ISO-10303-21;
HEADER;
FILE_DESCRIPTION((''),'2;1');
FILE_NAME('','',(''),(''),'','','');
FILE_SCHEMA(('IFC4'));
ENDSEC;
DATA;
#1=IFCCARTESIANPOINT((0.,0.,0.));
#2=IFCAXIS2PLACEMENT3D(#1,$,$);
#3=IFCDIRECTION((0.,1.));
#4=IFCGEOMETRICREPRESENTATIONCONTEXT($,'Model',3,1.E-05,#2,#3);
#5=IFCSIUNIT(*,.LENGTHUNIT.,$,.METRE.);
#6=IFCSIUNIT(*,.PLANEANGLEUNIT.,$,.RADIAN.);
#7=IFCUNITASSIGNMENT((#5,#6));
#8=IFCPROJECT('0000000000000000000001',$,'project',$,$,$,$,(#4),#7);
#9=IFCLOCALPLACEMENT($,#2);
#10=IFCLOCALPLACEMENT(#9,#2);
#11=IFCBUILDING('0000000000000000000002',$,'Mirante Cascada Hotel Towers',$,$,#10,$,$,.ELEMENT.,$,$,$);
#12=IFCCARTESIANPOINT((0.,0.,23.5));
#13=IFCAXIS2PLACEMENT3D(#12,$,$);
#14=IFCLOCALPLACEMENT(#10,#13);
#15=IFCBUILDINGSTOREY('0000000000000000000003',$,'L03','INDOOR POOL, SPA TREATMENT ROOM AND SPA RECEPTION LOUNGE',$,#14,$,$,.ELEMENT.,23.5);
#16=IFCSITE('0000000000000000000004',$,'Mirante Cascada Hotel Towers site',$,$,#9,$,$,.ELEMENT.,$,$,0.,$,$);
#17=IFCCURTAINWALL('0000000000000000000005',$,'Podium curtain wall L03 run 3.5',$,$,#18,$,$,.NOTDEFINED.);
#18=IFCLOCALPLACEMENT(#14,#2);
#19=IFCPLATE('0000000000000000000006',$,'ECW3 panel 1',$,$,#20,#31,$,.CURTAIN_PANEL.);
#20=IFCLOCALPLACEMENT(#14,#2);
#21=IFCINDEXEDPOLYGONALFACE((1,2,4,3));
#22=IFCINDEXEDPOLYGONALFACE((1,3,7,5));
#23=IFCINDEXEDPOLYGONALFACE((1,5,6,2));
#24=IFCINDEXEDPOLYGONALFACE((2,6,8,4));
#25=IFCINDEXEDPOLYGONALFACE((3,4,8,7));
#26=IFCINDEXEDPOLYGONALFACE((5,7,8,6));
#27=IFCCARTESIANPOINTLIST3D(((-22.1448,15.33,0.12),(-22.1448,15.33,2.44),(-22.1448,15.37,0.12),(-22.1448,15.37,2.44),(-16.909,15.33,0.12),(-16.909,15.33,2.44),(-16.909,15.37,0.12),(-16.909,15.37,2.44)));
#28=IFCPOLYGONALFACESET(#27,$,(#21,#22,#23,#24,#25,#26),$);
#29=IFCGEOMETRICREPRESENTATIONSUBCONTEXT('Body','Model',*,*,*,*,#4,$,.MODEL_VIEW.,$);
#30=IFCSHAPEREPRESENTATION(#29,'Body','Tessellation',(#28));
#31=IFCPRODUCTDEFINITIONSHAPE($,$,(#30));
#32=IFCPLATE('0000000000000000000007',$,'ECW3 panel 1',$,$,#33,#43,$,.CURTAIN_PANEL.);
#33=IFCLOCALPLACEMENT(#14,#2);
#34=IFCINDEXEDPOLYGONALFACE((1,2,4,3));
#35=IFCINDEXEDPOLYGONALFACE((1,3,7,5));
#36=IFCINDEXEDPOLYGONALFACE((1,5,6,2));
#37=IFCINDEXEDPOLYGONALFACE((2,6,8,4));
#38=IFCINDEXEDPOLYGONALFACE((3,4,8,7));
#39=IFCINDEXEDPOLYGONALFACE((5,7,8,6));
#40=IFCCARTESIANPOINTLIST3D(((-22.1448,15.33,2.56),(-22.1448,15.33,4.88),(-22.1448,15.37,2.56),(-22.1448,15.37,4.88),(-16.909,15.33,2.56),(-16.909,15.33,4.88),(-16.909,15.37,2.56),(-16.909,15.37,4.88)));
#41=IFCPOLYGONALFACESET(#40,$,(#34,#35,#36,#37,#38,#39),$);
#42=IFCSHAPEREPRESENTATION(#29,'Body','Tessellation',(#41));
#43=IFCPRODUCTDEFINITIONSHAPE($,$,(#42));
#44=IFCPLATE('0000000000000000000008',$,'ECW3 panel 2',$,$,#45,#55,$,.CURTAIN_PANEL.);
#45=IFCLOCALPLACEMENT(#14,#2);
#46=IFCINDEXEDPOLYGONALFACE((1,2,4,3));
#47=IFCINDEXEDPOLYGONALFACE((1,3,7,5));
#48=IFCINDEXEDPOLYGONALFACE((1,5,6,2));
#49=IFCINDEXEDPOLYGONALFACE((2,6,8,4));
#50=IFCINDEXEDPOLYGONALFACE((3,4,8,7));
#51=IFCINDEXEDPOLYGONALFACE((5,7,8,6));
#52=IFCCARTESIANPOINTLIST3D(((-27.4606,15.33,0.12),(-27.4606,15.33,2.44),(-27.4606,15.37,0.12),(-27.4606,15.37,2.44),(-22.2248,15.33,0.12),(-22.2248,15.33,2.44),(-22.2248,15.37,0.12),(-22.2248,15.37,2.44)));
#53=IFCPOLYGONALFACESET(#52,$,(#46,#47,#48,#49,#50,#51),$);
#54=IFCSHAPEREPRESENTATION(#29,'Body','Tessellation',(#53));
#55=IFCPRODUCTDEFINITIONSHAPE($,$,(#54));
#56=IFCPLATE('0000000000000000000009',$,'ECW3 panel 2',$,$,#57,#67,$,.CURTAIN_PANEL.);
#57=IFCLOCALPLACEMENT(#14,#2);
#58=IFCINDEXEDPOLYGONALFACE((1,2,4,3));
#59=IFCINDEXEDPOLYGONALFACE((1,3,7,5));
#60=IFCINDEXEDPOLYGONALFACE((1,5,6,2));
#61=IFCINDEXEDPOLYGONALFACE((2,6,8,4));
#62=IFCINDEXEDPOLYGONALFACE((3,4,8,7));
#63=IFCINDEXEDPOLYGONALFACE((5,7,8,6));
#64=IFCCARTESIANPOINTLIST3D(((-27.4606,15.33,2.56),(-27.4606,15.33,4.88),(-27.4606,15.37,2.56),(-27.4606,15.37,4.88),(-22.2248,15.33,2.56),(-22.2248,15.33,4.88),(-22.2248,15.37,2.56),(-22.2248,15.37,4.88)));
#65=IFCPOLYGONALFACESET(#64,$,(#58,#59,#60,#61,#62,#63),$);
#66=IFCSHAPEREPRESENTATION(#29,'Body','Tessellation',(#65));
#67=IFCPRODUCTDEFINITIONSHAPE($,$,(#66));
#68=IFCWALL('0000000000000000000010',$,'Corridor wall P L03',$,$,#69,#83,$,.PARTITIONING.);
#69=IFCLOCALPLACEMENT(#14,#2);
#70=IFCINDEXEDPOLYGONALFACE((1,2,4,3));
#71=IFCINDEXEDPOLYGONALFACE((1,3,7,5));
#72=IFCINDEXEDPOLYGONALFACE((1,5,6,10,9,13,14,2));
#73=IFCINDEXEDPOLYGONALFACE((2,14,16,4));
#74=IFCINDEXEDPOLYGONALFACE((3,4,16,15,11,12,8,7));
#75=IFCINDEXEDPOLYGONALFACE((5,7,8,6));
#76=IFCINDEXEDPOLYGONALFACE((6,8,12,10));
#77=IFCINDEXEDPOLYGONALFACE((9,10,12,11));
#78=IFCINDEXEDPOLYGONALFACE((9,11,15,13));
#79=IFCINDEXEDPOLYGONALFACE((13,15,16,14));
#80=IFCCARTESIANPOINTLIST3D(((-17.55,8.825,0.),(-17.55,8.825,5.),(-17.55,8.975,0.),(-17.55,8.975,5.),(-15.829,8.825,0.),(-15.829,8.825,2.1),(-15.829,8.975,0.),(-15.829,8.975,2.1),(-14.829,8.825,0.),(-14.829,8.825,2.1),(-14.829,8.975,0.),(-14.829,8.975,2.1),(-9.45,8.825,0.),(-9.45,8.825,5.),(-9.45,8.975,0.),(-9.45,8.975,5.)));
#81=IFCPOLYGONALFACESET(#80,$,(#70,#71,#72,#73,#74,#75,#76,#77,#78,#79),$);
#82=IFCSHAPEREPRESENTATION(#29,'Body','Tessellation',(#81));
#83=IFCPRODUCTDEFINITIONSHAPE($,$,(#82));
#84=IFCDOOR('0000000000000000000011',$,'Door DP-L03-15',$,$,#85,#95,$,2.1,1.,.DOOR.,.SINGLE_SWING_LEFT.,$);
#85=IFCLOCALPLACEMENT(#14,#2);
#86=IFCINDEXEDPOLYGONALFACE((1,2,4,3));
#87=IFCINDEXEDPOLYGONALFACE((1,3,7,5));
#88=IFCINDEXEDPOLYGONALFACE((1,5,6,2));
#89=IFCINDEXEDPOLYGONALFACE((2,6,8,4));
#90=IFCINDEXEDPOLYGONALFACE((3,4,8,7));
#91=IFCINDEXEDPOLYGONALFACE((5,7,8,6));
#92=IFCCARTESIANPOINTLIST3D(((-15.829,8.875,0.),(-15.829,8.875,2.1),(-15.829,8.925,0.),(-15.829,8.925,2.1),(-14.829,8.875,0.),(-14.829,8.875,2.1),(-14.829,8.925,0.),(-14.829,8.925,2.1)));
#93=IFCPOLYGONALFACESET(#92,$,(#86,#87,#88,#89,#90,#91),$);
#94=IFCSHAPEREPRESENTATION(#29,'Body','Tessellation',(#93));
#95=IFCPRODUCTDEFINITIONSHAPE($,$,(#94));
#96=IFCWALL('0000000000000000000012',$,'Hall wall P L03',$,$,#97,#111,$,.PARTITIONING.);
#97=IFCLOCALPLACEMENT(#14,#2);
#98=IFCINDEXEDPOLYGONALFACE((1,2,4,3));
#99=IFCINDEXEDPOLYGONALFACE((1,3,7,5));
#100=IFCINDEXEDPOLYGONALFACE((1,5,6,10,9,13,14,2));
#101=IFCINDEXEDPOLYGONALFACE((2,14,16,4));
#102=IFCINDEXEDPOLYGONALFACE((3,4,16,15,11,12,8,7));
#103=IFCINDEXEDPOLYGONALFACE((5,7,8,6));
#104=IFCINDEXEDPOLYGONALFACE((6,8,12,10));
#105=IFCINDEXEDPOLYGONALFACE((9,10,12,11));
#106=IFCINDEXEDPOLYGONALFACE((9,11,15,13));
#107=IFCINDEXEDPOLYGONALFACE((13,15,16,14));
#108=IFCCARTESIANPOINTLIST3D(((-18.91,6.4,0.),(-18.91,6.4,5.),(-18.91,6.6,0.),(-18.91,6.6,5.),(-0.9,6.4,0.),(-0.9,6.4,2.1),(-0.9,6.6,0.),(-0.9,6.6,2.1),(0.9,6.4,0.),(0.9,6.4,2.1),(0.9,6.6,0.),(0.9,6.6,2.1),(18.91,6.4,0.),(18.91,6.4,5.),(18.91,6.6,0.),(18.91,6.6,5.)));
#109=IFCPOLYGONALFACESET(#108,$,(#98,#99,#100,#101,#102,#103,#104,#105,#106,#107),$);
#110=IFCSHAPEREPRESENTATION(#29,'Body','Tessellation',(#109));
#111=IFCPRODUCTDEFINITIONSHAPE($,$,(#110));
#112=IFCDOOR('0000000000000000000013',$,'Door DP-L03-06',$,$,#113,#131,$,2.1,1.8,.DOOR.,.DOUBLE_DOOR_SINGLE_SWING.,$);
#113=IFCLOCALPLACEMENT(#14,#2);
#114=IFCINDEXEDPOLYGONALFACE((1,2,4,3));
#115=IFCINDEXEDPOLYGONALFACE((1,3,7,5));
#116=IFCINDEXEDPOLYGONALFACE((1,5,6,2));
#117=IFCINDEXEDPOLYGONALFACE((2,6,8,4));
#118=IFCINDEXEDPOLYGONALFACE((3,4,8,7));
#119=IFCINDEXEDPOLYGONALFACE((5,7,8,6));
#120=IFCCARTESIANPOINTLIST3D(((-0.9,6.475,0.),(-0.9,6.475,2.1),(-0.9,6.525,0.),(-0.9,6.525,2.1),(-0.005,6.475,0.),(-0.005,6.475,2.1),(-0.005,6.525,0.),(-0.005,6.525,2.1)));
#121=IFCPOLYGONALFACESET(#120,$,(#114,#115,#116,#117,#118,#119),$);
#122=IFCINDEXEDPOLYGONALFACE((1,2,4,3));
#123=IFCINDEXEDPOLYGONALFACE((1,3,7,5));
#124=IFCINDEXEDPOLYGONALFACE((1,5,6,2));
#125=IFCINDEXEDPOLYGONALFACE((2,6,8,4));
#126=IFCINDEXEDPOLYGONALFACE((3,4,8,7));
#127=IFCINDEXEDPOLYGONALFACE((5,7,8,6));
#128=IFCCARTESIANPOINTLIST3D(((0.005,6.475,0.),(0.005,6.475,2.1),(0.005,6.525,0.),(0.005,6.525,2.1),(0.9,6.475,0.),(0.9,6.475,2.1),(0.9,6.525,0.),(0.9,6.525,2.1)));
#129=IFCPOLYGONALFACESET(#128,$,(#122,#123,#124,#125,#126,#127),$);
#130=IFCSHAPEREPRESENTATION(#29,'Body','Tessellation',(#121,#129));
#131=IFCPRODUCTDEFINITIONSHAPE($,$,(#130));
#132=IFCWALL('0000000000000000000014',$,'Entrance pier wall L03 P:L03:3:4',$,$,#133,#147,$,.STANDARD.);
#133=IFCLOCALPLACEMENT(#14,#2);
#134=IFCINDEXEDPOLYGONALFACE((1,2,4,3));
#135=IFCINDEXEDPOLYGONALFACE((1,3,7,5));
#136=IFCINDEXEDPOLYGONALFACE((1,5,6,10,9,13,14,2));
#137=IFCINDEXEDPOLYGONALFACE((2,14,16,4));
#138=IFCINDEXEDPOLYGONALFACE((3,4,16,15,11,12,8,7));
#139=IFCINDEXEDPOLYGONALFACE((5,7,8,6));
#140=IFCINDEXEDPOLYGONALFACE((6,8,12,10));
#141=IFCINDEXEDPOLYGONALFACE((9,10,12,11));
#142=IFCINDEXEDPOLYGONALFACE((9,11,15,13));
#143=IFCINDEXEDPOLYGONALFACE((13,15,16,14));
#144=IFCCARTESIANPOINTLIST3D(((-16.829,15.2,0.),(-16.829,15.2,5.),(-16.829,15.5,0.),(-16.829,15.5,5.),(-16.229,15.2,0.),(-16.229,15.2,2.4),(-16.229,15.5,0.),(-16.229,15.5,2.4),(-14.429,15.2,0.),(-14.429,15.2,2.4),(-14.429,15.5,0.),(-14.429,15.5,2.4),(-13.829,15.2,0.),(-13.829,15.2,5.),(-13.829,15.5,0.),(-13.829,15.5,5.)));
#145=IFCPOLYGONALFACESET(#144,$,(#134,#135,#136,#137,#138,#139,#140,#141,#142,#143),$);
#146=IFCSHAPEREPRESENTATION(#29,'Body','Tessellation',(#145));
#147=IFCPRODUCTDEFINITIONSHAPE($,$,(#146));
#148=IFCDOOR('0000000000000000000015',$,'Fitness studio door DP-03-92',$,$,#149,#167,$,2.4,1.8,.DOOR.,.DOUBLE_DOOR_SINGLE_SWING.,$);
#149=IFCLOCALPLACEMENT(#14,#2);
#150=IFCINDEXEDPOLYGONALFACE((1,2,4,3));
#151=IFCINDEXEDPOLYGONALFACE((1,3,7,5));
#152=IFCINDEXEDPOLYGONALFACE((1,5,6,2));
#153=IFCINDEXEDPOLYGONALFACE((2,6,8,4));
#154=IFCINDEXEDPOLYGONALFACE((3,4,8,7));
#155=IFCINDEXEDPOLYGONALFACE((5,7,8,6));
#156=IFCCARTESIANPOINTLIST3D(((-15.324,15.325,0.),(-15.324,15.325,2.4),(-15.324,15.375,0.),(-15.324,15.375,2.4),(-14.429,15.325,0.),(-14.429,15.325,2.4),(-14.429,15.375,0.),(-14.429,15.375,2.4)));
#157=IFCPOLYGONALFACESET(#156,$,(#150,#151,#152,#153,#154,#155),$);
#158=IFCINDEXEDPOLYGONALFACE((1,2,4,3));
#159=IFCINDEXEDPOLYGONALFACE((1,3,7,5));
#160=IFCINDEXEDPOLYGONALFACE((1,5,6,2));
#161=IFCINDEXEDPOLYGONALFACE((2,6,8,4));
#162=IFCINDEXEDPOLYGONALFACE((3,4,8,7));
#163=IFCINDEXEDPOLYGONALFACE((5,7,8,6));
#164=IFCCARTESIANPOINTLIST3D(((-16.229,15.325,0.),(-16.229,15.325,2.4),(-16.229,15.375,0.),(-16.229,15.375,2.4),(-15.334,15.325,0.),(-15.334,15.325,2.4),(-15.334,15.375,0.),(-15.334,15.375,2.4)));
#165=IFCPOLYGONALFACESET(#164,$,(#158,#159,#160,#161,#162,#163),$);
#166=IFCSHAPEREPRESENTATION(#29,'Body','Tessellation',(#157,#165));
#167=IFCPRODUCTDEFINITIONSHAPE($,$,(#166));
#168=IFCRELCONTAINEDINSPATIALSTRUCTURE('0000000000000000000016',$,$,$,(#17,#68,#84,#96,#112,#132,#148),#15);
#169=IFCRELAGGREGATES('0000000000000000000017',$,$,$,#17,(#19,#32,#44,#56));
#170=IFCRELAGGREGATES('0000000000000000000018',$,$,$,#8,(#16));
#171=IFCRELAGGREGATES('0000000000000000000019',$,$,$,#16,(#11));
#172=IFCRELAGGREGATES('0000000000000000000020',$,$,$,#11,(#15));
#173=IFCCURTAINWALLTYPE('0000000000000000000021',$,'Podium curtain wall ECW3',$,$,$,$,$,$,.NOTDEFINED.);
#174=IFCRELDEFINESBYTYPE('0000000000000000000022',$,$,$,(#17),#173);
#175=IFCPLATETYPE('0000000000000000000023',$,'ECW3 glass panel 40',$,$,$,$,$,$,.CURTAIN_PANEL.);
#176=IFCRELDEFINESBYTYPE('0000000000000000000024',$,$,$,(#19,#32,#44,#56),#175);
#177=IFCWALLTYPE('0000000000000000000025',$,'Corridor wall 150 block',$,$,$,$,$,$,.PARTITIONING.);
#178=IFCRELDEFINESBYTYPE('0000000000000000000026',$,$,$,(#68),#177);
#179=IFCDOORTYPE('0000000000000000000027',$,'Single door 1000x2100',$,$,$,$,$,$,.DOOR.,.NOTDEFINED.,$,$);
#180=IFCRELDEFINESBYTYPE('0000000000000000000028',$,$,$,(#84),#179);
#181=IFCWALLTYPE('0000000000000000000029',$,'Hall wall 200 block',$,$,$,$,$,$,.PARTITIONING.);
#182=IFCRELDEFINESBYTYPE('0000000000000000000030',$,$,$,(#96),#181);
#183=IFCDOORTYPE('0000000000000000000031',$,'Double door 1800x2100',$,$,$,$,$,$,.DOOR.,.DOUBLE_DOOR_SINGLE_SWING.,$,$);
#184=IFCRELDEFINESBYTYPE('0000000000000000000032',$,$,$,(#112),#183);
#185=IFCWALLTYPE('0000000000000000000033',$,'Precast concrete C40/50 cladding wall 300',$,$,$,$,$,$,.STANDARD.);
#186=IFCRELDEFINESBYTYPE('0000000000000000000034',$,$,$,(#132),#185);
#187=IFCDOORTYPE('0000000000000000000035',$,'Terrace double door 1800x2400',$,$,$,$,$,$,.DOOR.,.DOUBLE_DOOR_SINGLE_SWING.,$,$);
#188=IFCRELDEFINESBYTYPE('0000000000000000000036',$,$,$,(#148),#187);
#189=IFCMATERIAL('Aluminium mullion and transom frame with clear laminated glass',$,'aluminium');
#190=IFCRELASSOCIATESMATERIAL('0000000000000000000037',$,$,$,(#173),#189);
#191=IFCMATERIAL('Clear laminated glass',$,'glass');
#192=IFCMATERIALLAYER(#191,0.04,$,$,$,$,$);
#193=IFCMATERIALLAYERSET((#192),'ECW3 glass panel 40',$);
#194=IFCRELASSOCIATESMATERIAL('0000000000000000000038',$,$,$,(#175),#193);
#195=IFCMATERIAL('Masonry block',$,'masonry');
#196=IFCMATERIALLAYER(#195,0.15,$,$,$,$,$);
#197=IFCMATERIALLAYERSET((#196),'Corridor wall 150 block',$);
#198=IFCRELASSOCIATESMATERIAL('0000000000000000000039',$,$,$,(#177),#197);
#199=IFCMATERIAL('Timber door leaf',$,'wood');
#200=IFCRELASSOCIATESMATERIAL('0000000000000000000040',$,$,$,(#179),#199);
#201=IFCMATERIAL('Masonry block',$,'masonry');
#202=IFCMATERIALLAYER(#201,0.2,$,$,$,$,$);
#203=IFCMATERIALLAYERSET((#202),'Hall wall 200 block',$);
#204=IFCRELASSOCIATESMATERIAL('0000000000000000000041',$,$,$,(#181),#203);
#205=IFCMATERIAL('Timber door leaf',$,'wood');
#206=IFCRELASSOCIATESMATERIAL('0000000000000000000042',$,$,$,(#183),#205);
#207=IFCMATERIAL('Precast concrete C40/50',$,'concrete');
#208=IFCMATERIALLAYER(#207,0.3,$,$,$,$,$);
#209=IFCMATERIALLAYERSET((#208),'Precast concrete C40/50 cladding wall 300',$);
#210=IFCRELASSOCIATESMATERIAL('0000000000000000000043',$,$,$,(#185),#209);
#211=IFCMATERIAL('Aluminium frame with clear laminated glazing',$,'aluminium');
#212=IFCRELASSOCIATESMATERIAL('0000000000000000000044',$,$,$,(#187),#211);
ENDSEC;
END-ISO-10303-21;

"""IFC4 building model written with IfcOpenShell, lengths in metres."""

from ifc_helpers import new_model, si_unit, direction, frame, frame_2d, origin, origin_2d, place, context, subcontext, project, spatial, rectangle, extrude, material, layer, layer_set, type_object, element, fill, aggregate, save


model = new_model("IFC4")

# Units and contexts
model_context = context("Model", 3, precision=1e-05, world=origin(), true_north=direction((0.0, 1.0)))
body_context = subcontext(model_context, "Body", "Model", "MODEL_VIEW")
ifc_project = project(units=[si_unit("LENGTHUNIT", "METRE"), si_unit("PLANEANGLEUNIT", "RADIAN")], contexts=[model_context])

# Site, building, storey
site_placement = place(None, origin())
site = spatial("IfcSite", under=ifc_project, at=site_placement, Name="Mirante Cascada Hotel Towers site", CompositionType="ELEMENT", RefElevation=0.0)
building_placement = place(site_placement, origin())
building = spatial("IfcBuilding", under=site, at=building_placement, Name="Mirante Cascada Hotel Towers", CompositionType="ELEMENT")
storey_placement = place(building_placement, frame((0.0, 0.0, 23.5)))
storey = spatial("IfcBuildingStorey", under=building, at=storey_placement, Name="L03", Description="INDOOR POOL, SPA TREATMENT ROOM AND SPA RECEPTION LOUNGE", CompositionType="ELEMENT", Elevation=23.5)

# Curtain wall
ifc_material_1 = material(Name="Aluminium mullion and transom frame with clear laminated glass", Category="aluminium")
curtain_wall_type = type_object("IfcCurtainWallType", Name="Podium curtain wall ECW3", PredefinedType="NOTDEFINED", material=ifc_material_1)
curtain_wall_1_placement = place(storey_placement, origin())
curtain_wall_1 = element("IfcCurtainWall", 1, at=curtain_wall_1_placement, inside=storey, type_object=curtain_wall_type, Name="Podium curtain wall L03 run 3.5", PredefinedType="NOTDEFINED")

# Plates
ifc_material_2 = material(Name="Clear laminated glass", Category="glass")
ifc_layer_1 = layer(ifc_material_2, 0.04)
ifc_layer_set_1 = layer_set([ifc_layer_1], Name="ECW3 glass panel 40")
plate_type = type_object("IfcPlateType", Name="ECW3 glass panel 40", PredefinedType="CURTAIN_PANEL", material=ifc_layer_set_1)
plate_1_placement = place(storey_placement, frame((-19.5269, 15.35, 0.12), z_axis=(0.0, 0.0, 1.0), x_axis=(-1.0, 0.0, 0.0)))
plate_1 = element("IfcPlate", 2, at=plate_1_placement, type_object=plate_type, Name="ECW3 panel 1", PredefinedType="CURTAIN_PANEL", context=body_context, shape_type="SweptSolid", body=[
    extrude(rectangle(XDim=5.2358, YDim=0.04, at=origin_2d()), origin(), (0.0, 0.0, 1.0), 2.32),
])
plate_2_placement = place(storey_placement, frame((-19.5269, 15.35, 2.56), z_axis=(0.0, 0.0, 1.0), x_axis=(-1.0, 0.0, 0.0)))
plate_2 = element("IfcPlate", 3, at=plate_2_placement, type_object=plate_type, Name="ECW3 panel 1", PredefinedType="CURTAIN_PANEL", context=body_context, shape_type="SweptSolid", body=[
    extrude(rectangle(XDim=5.2358, YDim=0.04, at=origin_2d()), origin(), (0.0, 0.0, 1.0), 2.32),
])
plate_3_placement = place(storey_placement, frame((-24.8427, 15.35, 0.12), z_axis=(0.0, 0.0, 1.0), x_axis=(-1.0, 0.0, 0.0)))
plate_3 = element("IfcPlate", 4, at=plate_3_placement, type_object=plate_type, Name="ECW3 panel 2", PredefinedType="CURTAIN_PANEL", context=body_context, shape_type="SweptSolid", body=[
    extrude(rectangle(XDim=5.2358, YDim=0.04, at=origin_2d()), origin(), (0.0, 0.0, 1.0), 2.32),
])
plate_4_placement = place(storey_placement, frame((-24.8427, 15.35, 2.56), z_axis=(0.0, 0.0, 1.0), x_axis=(-1.0, 0.0, 0.0)))
plate_4 = element("IfcPlate", 5, at=plate_4_placement, type_object=plate_type, Name="ECW3 panel 2", PredefinedType="CURTAIN_PANEL", context=body_context, shape_type="SweptSolid", body=[
    extrude(rectangle(XDim=5.2358, YDim=0.04, at=origin_2d()), origin(), (0.0, 0.0, 1.0), 2.32),
])
aggregate(curtain_wall_1, [plate_1, plate_2, plate_3, plate_4])

# Walls, openings, doors
ifc_material_3 = material(Name="Masonry block", Category="masonry")
ifc_layer_2 = layer(ifc_material_3, 0.15)
ifc_layer_set_2 = layer_set([ifc_layer_2], Name="Corridor wall 150 block")
wall_type_1 = type_object("IfcWallType", Name="Corridor wall 150 block", PredefinedType="PARTITIONING", material=ifc_layer_set_2)
wall_1_placement = place(storey_placement, frame((-17.55, 8.9, 0.0), z_axis=(0.0, 0.0, 1.0), x_axis=(1.0, 0.0, 0.0)))
wall_1 = element("IfcWall", 6, at=wall_1_placement, inside=storey, type_object=wall_type_1, Name="Corridor wall P L03", PredefinedType="PARTITIONING", context=body_context, shape_type="SweptSolid", body=[
    extrude(rectangle(XDim=8.1, YDim=0.15, at=frame_2d((4.05, 0.0))), origin(), (0.0, 0.0, 1.0), 5.0),
])
opening_1_placement = place(wall_1_placement, frame((1.721, 0.0, 0.0)))
opening_1 = element("IfcOpeningElement", 7, at=opening_1_placement, cuts=wall_1, PredefinedType="OPENING", context=body_context, shape_type="SweptSolid", body=[
    extrude(rectangle(XDim=1.0, YDim=2.1, at=frame_2d((0.5, 1.05))), frame((0.0, 0.075, 0.0), z_axis=(0.0, -1.0, 0.0), x_axis=(1.0, 0.0, 0.0)), (0.0, 0.0, 1.0), 0.15),
])
ifc_material_4 = material(Name="Timber door leaf", Category="wood")
door_type_1 = type_object("IfcDoorType", Name="Single door 1000x2100", OperationType="NOTDEFINED", PredefinedType="DOOR", material=ifc_material_4)
door_1_placement = place(opening_1_placement, origin())
door_1 = element("IfcDoor", 8, at=door_1_placement, inside=storey, type_object=door_type_1, Name="Door DP-L03-15", OperationType="SINGLE_SWING_LEFT", OverallHeight=2.1, OverallWidth=1.0, PredefinedType="DOOR", context=body_context, shape_type="SweptSolid", body=[
    extrude(rectangle(XDim=1.0, YDim=2.1, at=frame_2d((0.5, 1.05))), frame((0.0, 0.025, 0.0), z_axis=(0.0, -1.0, 0.0), x_axis=(1.0, 0.0, 0.0)), (0.0, 0.0, 1.0), 0.05),
])
fill(opening_1, door_1)
ifc_material_5 = material(Name="Masonry block", Category="masonry")
ifc_layer_3 = layer(ifc_material_5, 0.2)
ifc_layer_set_3 = layer_set([ifc_layer_3], Name="Hall wall 200 block")
wall_type_2 = type_object("IfcWallType", Name="Hall wall 200 block", PredefinedType="PARTITIONING", material=ifc_layer_set_3)
wall_2_placement = place(storey_placement, frame((-18.91, 6.5, 0.0), z_axis=(0.0, 0.0, 1.0), x_axis=(1.0, 0.0, 0.0)))
wall_2 = element("IfcWall", 9, at=wall_2_placement, inside=storey, type_object=wall_type_2, Name="Hall wall P L03", PredefinedType="PARTITIONING", context=body_context, shape_type="SweptSolid", body=[
    extrude(rectangle(XDim=37.82, YDim=0.2, at=frame_2d((18.91, 0.0))), origin(), (0.0, 0.0, 1.0), 5.0),
])
opening_2_placement = place(wall_2_placement, frame((18.01, 0.0, 0.0)))
opening_2 = element("IfcOpeningElement", 10, at=opening_2_placement, cuts=wall_2, PredefinedType="OPENING", context=body_context, shape_type="SweptSolid", body=[
    extrude(rectangle(XDim=1.8, YDim=2.1, at=frame_2d((0.9, 1.05))), frame((0.0, 0.1, 0.0), z_axis=(0.0, -1.0, 0.0), x_axis=(1.0, 0.0, 0.0)), (0.0, 0.0, 1.0), 0.2),
])
ifc_material_6 = material(Name="Timber door leaf", Category="wood")
door_type_2 = type_object("IfcDoorType", Name="Double door 1800x2100", OperationType="DOUBLE_DOOR_SINGLE_SWING", PredefinedType="DOOR", material=ifc_material_6)
door_2_placement = place(opening_2_placement, origin())
door_2 = element("IfcDoor", 11, at=door_2_placement, inside=storey, type_object=door_type_2, Name="Door DP-L03-06", OperationType="DOUBLE_DOOR_SINGLE_SWING", OverallHeight=2.1, OverallWidth=1.8, PredefinedType="DOOR", context=body_context, shape_type="SweptSolid", body=[
    extrude(rectangle(XDim=0.895, YDim=2.1, at=frame_2d((0.4475, 1.05))), frame((0.0, 0.025, 0.0), z_axis=(0.0, -1.0, 0.0), x_axis=(1.0, 0.0, 0.0)), (0.0, 0.0, 1.0), 0.05),
    extrude(rectangle(XDim=0.895, YDim=2.1, at=frame_2d((1.3525, 1.05))), frame((0.0, 0.025, 0.0), z_axis=(0.0, -1.0, 0.0), x_axis=(1.0, 0.0, 0.0)), (0.0, 0.0, 1.0), 0.05),
])
fill(opening_2, door_2)
ifc_material_7 = material(Name="Precast concrete C40/50", Category="concrete")
ifc_layer_4 = layer(ifc_material_7, 0.3)
ifc_layer_set_4 = layer_set([ifc_layer_4], Name="Precast concrete C40/50 cladding wall 300")
wall_type_3 = type_object("IfcWallType", Name="Precast concrete C40/50 cladding wall 300", PredefinedType="STANDARD", material=ifc_layer_set_4)
wall_3_placement = place(storey_placement, frame((-13.829, 15.35, 0.0), z_axis=(0.0, 0.0, 1.0), x_axis=(-1.0, 0.0, 0.0)))
wall_3 = element("IfcWall", 12, at=wall_3_placement, inside=storey, type_object=wall_type_3, Name="Entrance pier wall L03 P:L03:3:4", PredefinedType="STANDARD", context=body_context, shape_type="SweptSolid", body=[
    extrude(rectangle(XDim=3.0, YDim=0.3, at=frame_2d((1.5, 0.0))), origin(), (0.0, 0.0, 1.0), 5.0),
])
opening_3_placement = place(wall_3_placement, frame((0.6, 0.0, 0.0)))
opening_3 = element("IfcOpeningElement", 13, at=opening_3_placement, cuts=wall_3, PredefinedType="OPENING", context=body_context, shape_type="SweptSolid", body=[
    extrude(rectangle(XDim=1.8, YDim=2.4, at=frame_2d((0.9, 1.2))), frame((0.0, 0.15, 0.0), z_axis=(0.0, -1.0, 0.0), x_axis=(1.0, 0.0, 0.0)), (0.0, 0.0, 1.0), 0.3),
])
ifc_material_8 = material(Name="Aluminium frame with clear laminated glazing", Category="aluminium")
door_type_3 = type_object("IfcDoorType", Name="Terrace double door 1800x2400", OperationType="DOUBLE_DOOR_SINGLE_SWING", PredefinedType="DOOR", material=ifc_material_8)
door_3_placement = place(opening_3_placement, origin())
door_3 = element("IfcDoor", 14, at=door_3_placement, inside=storey, type_object=door_type_3, Name="Fitness studio door DP-03-92", OperationType="DOUBLE_DOOR_SINGLE_SWING", OverallHeight=2.4, OverallWidth=1.8, PredefinedType="DOOR", context=body_context, shape_type="SweptSolid", body=[
    extrude(rectangle(XDim=0.895, YDim=2.4, at=frame_2d((0.4475, 1.2))), frame((0.0, 0.025, 0.0), z_axis=(0.0, -1.0, 0.0), x_axis=(1.0, 0.0, 0.0)), (0.0, 0.0, 1.0), 0.05),
    extrude(rectangle(XDim=0.895, YDim=2.4, at=frame_2d((1.3525, 1.2))), frame((0.0, 0.025, 0.0), z_axis=(0.0, -1.0, 0.0), x_axis=(1.0, 0.0, 0.0)), (0.0, 0.0, 1.0), 0.05),
])
fill(opening_3, door_3)

save(model, "model.ifc")
